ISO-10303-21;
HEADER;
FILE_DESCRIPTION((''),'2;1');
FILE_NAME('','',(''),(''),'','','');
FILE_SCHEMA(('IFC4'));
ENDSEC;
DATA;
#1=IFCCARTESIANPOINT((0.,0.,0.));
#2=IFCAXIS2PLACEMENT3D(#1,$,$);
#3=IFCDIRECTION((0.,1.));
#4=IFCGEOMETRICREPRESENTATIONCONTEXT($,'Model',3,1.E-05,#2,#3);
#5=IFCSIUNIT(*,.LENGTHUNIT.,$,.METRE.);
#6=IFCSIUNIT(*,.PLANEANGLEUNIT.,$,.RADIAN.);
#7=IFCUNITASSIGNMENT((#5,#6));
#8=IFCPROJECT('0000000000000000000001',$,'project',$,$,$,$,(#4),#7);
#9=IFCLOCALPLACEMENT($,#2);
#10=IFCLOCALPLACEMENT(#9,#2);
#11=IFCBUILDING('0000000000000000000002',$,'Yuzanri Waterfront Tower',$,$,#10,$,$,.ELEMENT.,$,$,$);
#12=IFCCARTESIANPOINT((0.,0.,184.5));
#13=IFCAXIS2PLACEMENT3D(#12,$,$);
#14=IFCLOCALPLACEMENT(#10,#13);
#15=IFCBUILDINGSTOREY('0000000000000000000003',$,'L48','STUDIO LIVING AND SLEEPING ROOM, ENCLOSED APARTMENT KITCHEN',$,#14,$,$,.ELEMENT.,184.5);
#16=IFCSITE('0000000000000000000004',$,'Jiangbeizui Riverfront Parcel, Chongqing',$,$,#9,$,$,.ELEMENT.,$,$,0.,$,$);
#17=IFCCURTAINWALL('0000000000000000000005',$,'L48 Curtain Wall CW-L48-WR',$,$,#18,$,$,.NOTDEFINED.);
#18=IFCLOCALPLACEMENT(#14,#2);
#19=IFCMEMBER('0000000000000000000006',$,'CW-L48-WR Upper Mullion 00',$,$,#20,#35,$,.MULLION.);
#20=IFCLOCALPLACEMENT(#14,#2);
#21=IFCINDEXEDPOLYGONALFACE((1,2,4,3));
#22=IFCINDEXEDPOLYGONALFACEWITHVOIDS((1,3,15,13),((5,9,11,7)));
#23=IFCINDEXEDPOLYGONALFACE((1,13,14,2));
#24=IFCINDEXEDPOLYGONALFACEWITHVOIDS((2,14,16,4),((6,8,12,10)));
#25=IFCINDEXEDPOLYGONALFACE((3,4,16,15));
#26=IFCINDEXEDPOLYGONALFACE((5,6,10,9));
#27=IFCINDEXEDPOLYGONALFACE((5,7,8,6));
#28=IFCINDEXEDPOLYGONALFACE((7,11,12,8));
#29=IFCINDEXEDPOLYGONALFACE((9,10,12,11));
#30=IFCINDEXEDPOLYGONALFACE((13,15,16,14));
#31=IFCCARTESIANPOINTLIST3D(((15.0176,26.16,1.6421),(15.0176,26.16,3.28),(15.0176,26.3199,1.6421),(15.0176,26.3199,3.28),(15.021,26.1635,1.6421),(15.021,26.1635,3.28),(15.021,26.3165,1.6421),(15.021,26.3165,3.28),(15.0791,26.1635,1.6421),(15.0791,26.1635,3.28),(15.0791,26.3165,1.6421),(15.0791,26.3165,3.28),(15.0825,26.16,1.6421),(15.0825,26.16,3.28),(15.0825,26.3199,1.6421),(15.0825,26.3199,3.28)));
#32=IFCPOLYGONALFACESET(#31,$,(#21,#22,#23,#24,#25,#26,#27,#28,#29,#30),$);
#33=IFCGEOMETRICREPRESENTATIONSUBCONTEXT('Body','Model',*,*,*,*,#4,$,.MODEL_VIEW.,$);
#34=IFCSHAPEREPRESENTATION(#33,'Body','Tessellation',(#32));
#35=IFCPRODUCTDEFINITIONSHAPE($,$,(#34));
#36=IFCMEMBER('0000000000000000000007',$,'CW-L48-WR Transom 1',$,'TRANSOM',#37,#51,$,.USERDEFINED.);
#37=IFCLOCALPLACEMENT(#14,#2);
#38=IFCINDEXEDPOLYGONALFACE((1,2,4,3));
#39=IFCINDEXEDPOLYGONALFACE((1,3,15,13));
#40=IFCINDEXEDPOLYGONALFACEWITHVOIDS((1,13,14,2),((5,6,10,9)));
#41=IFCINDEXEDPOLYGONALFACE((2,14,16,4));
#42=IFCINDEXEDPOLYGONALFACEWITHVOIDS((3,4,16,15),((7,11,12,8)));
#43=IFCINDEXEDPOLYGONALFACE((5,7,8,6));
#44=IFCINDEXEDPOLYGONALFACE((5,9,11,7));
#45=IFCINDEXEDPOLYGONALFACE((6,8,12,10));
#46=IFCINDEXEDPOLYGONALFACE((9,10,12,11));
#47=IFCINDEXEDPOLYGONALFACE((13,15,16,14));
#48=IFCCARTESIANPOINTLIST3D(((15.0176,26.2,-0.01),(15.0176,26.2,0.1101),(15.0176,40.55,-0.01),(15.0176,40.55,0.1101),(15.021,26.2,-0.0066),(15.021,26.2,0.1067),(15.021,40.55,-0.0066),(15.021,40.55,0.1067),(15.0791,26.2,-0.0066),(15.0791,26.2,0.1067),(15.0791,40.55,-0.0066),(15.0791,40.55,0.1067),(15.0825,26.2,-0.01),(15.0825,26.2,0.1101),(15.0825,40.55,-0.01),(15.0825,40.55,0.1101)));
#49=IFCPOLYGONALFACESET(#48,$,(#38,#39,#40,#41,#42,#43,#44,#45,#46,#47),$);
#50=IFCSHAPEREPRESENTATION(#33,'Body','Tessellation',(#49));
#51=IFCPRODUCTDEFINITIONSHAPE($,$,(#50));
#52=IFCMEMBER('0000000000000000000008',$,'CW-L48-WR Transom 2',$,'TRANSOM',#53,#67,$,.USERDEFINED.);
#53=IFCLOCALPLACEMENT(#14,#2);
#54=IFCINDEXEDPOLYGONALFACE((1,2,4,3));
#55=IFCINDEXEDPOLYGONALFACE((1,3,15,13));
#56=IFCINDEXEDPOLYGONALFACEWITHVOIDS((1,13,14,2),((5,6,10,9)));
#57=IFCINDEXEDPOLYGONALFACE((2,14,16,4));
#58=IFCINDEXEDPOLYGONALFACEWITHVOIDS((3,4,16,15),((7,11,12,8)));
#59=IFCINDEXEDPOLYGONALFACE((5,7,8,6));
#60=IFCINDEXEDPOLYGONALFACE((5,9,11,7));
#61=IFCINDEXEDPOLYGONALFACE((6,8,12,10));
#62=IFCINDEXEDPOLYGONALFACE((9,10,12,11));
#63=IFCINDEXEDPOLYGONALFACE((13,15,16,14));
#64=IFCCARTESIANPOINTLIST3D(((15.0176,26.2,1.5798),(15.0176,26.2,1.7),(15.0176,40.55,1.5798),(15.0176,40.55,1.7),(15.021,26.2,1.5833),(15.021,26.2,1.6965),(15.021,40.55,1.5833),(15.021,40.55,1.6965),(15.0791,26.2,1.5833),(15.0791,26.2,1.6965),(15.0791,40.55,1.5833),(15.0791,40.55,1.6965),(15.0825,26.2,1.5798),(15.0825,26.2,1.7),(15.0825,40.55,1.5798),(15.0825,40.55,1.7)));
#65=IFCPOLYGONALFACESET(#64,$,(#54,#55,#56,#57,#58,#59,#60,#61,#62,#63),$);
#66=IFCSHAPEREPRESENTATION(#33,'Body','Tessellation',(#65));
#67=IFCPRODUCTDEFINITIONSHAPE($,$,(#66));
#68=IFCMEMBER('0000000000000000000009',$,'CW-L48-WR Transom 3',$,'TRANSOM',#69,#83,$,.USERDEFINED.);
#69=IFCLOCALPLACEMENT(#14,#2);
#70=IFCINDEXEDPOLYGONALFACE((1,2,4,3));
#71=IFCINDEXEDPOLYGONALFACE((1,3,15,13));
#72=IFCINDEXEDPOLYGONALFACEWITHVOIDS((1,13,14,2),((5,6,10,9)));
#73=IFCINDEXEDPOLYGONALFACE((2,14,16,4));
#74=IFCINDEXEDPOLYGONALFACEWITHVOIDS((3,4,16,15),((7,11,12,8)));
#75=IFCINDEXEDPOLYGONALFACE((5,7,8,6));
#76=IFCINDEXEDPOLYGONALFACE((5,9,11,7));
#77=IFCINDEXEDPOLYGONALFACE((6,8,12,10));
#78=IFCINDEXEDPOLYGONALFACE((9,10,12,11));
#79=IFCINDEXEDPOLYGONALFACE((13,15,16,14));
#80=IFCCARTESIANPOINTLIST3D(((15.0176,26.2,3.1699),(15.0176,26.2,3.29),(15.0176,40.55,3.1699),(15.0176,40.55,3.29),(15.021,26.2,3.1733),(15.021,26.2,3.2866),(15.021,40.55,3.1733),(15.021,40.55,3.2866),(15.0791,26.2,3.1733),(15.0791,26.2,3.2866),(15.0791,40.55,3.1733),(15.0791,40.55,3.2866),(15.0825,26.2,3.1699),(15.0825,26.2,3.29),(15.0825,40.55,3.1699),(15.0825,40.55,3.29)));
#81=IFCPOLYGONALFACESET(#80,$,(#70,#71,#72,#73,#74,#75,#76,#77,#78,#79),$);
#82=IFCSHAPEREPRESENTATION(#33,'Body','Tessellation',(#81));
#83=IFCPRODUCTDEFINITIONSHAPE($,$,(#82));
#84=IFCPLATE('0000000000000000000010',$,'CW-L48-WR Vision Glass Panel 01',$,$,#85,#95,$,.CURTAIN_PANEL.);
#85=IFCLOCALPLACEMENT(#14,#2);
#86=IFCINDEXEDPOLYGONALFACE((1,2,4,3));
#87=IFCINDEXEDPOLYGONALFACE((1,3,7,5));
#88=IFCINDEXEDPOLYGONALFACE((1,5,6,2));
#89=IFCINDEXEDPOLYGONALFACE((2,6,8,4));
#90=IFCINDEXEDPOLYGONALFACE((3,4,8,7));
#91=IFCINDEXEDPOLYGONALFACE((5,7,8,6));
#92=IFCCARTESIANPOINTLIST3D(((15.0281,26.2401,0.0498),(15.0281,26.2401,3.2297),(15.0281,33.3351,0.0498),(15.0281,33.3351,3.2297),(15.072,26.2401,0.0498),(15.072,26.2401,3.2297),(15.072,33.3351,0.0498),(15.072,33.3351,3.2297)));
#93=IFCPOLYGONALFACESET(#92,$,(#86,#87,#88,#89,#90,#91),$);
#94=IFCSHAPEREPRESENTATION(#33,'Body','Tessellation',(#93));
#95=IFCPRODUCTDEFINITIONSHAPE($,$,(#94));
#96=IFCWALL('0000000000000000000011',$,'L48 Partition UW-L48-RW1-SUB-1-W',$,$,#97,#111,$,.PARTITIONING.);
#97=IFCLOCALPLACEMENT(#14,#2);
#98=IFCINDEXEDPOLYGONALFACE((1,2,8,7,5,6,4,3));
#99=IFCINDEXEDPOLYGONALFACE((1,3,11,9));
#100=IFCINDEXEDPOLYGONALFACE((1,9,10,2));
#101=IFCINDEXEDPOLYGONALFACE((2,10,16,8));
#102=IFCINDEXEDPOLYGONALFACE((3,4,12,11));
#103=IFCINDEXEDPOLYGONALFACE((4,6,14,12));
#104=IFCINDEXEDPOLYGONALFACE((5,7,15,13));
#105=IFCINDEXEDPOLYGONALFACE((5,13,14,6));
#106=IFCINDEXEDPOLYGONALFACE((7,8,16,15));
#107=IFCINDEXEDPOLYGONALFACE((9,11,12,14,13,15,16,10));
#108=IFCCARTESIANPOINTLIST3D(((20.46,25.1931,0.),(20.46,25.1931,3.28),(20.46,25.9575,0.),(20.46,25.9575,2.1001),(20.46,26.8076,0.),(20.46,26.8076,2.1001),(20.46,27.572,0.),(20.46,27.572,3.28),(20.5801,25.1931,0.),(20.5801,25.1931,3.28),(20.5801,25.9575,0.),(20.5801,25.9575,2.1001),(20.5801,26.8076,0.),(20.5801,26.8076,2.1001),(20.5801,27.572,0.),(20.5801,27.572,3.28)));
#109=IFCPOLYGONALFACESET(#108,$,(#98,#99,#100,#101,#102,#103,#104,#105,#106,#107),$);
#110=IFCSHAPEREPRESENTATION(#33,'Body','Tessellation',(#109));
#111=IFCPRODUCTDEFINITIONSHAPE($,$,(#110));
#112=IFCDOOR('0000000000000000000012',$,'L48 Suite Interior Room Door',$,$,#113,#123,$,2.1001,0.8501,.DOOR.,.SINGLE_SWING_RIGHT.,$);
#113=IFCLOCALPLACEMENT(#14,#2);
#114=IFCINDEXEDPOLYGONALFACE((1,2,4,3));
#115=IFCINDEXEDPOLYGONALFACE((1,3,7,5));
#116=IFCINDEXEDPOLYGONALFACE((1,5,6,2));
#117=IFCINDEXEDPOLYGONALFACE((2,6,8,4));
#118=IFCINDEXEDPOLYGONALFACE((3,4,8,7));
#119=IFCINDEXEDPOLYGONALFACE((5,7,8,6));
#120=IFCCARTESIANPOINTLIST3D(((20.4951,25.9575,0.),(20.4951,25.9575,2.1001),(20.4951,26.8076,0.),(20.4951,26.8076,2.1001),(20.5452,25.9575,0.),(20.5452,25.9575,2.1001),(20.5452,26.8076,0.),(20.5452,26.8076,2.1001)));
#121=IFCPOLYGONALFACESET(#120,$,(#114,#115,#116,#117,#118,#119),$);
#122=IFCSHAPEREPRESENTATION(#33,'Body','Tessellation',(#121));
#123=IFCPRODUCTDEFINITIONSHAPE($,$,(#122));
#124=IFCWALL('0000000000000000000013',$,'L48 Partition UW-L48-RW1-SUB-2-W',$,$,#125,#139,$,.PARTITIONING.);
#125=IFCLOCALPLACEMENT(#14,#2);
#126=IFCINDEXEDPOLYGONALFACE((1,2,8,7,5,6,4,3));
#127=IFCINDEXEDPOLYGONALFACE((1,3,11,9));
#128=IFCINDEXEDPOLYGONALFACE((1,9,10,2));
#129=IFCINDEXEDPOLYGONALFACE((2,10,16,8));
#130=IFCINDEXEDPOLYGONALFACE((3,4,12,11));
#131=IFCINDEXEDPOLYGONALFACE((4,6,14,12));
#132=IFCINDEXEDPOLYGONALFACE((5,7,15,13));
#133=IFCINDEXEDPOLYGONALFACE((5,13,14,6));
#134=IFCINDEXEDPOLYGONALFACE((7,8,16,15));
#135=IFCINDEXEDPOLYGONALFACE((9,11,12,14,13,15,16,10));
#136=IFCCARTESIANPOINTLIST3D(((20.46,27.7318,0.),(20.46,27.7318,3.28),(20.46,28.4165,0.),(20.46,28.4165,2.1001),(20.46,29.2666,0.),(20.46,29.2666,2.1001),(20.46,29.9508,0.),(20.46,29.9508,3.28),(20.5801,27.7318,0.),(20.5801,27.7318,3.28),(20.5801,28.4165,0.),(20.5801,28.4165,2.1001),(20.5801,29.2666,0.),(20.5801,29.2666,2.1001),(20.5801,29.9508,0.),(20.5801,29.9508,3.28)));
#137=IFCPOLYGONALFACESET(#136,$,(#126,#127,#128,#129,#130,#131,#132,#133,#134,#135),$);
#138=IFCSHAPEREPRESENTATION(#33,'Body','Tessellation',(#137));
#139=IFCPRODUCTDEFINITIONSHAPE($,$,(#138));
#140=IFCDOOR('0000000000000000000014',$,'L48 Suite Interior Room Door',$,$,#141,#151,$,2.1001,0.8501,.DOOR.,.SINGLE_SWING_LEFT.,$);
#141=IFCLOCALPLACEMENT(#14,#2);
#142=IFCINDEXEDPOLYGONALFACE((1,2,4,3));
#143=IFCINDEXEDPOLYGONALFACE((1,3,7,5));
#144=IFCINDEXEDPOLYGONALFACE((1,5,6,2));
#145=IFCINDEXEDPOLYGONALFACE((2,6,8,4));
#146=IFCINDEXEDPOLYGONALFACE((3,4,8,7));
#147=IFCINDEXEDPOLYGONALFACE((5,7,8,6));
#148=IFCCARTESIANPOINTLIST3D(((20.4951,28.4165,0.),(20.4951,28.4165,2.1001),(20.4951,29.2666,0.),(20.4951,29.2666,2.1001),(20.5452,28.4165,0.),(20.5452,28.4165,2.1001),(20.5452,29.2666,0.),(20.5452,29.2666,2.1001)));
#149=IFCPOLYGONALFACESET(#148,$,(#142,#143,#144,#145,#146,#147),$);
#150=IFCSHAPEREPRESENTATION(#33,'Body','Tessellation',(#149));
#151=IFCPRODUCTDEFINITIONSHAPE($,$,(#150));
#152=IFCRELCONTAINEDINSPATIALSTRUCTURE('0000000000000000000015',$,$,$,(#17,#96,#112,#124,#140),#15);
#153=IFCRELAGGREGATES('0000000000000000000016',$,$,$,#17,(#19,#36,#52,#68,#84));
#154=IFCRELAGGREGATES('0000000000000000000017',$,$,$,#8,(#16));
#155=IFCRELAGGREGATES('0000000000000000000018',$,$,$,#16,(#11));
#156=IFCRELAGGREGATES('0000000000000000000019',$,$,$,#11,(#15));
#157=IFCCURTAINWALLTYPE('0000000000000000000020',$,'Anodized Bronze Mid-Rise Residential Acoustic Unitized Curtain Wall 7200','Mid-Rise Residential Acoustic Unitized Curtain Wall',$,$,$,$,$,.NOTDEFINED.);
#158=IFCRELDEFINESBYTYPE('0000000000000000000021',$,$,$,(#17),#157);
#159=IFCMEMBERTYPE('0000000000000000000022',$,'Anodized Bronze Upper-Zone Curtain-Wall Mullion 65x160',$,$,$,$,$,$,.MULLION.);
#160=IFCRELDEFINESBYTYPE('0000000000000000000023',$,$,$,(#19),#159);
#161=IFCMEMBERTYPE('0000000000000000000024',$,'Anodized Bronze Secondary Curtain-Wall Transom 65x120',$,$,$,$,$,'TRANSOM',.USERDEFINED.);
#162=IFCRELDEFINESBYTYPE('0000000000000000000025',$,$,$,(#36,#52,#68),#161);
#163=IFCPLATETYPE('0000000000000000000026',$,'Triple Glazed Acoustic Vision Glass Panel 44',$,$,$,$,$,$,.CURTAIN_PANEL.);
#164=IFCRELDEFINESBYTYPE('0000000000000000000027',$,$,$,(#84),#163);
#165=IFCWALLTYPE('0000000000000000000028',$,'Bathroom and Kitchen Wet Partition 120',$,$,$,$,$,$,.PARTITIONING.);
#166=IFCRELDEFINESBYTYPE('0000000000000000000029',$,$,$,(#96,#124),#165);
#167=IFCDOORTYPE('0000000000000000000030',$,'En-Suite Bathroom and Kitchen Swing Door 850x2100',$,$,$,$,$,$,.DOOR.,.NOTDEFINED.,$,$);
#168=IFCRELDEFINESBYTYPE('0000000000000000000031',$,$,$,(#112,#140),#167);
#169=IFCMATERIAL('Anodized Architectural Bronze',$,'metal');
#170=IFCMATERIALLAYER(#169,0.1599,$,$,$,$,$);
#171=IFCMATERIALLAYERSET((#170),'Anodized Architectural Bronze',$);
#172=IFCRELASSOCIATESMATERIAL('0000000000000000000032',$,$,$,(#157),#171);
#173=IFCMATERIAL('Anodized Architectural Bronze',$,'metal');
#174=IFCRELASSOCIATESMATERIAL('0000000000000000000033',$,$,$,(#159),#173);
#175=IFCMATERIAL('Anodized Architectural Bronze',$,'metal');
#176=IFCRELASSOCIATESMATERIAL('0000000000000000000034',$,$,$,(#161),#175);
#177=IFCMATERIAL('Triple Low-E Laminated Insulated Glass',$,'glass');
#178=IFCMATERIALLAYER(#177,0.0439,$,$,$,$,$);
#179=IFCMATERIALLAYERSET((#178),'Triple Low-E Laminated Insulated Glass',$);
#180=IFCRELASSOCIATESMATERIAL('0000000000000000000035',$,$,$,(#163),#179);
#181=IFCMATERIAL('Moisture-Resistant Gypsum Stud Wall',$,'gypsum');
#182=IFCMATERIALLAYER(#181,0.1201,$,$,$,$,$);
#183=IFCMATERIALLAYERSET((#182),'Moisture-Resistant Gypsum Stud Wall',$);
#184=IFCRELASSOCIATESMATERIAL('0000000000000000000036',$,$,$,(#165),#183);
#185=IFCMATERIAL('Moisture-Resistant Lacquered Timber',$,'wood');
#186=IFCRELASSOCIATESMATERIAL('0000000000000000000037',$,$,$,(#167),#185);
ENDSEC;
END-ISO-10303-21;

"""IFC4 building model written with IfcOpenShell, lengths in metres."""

from ifc_helpers import new_model, si_unit, direction, frame, frame_2d, origin, origin_2d, place, context, subcontext, project, spatial, rectangle, hollow_rectangle, extrude, source, transform, mapped, material, layer, layer_set, material_profile, profile_set, type_object, element, fill, aggregate, save


model = new_model("IFC4")

# Units and contexts
model_context = context("Model", 3, precision=1e-05, world=origin(), true_north=direction((0.0, 1.0)))
body_context = subcontext(model_context, "Body", "Model", "MODEL_VIEW")
ifc_project = project(units=[si_unit("LENGTHUNIT", "METRE"), si_unit("PLANEANGLEUNIT", "RADIAN")], contexts=[model_context])

# Site, building, storey
site_placement = place(None, origin())
site = spatial("IfcSite", under=ifc_project, at=site_placement, Name="Jiangbeizui Riverfront Parcel, Chongqing", CompositionType="ELEMENT", RefElevation=0.0)
building_placement = place(site_placement, origin())
building = spatial("IfcBuilding", under=site, at=building_placement, Name="Yuzanri Waterfront Tower", CompositionType="ELEMENT")
storey_placement = place(building_placement, frame((0.0, 0.0, 184.5)))
storey = spatial("IfcBuildingStorey", under=building, at=storey_placement, Name="L48", Description="STUDIO LIVING AND SLEEPING ROOM, ENCLOSED APARTMENT KITCHEN", CompositionType="ELEMENT", Elevation=184.5)

# Shared definitions
ifc_material_1 = material(Name="Anodized Architectural Bronze", Category="metal")
ifc_layer_1 = layer(ifc_material_1, 0.1599)
ifc_layer_set_1 = layer_set([ifc_layer_1], Name="Anodized Architectural Bronze")
curtain_wall_type = type_object("IfcCurtainWallType", Name="Anodized Bronze Mid-Rise Residential Acoustic Unitized Curtain Wall 7200", Description="Mid-Rise Residential Acoustic Unitized Curtain Wall", PredefinedType="NOTDEFINED", material=ifc_layer_set_1)
ifc_material_2 = material(Name="Anodized Architectural Bronze", Category="metal")
ifc_material_profile_1 = material_profile(ifc_material_2, hollow_rectangle(XDim=0.0649, YDim=0.1599, WallThickness=0.0034, at=origin_2d()), Name="CWM 65x160")
ifc_profile_set_1 = profile_set([ifc_material_profile_1], Name="Anodized Architectural Bronze")
member_type_1 = type_object("IfcMemberType", Name="Anodized Bronze Upper-Zone Curtain-Wall Mullion 65x160", PredefinedType="MULLION", material=ifc_profile_set_1)
shared_shape_1 = source(origin(), body_context, "Body", "SweptSolid", [
    extrude(hollow_rectangle(XDim=0.0649, YDim=0.1599, WallThickness=0.0034, at=origin_2d()), origin(), (0.0, 0.0, 1.0), 1.6379),
])

# Curtain wall, members, plate
curtain_wall_1_placement = place(storey_placement, origin())
curtain_wall_1 = element("IfcCurtainWall", 1, at=curtain_wall_1_placement, inside=storey, type_object=curtain_wall_type, Name="L48 Curtain Wall CW-L48-WR", PredefinedType="NOTDEFINED")
member_1_placement = place(storey_placement, frame((15.05, 26.24, 1.6421), z_axis=(0.0, 0.0, 1.0), x_axis=(1.0, 0.0, 0.0)))
member_1 = element("IfcMember", 2, at=member_1_placement, type_object=member_type_1, Name="CW-L48-WR Upper Mullion 00", PredefinedType="MULLION", context=body_context, shape_type="MappedRepresentation", body=[
    mapped(shared_shape_1, transform((0.0, 0.0, 0.0), scale=1.0)),
])
ifc_material_3 = material(Name="Anodized Architectural Bronze", Category="metal")
ifc_material_profile_2 = material_profile(ifc_material_3, hollow_rectangle(XDim=0.0649, YDim=0.1201, WallThickness=0.0034, at=origin_2d()), Name="CWT 65x120")
ifc_profile_set_2 = profile_set([ifc_material_profile_2], Name="Anodized Architectural Bronze")
member_type_2 = type_object("IfcMemberType", Name="Anodized Bronze Secondary Curtain-Wall Transom 65x120", ElementType="TRANSOM", PredefinedType="USERDEFINED", material=ifc_profile_set_2)
shared_shape_2 = source(origin(), body_context, "Body", "SweptSolid", [
    extrude(hollow_rectangle(XDim=0.0649, YDim=0.1201, WallThickness=0.0034, at=origin_2d()), origin(), (0.0, 0.0, 1.0), 14.3501),
])
member_2_placement = place(storey_placement, frame((15.05, 26.2, 0.05), z_axis=(0.0, 1.0, 0.0), x_axis=(-1.0, 0.0, 0.0)))
member_2 = element("IfcMember", 3, at=member_2_placement, type_object=member_type_2, Name="CW-L48-WR Transom 1", ObjectType="TRANSOM", PredefinedType="USERDEFINED", context=body_context, shape_type="MappedRepresentation", body=[
    mapped(shared_shape_2, transform((0.0, 0.0, 0.0), scale=1.0)),
])
member_3_placement = place(storey_placement, frame((15.05, 26.2, 1.6399), z_axis=(0.0, 1.0, 0.0), x_axis=(-1.0, 0.0, 0.0)))
member_3 = element("IfcMember", 4, at=member_3_placement, type_object=member_type_2, Name="CW-L48-WR Transom 2", ObjectType="TRANSOM", PredefinedType="USERDEFINED", context=body_context, shape_type="MappedRepresentation", body=[
    mapped(shared_shape_2, transform((0.0, 0.0, 0.0), scale=1.0)),
])
member_4_placement = place(storey_placement, frame((15.05, 26.2, 3.23), z_axis=(0.0, 1.0, 0.0), x_axis=(-1.0, 0.0, 0.0)))
member_4 = element("IfcMember", 5, at=member_4_placement, type_object=member_type_2, Name="CW-L48-WR Transom 3", ObjectType="TRANSOM", PredefinedType="USERDEFINED", context=body_context, shape_type="MappedRepresentation", body=[
    mapped(shared_shape_2, transform((0.0, 0.0, 0.0), scale=1.0)),
])
ifc_material_4 = material(Name="Triple Low-E Laminated Insulated Glass", Category="glass")
ifc_layer_2 = layer(ifc_material_4, 0.0439)
ifc_layer_set_2 = layer_set([ifc_layer_2], Name="Triple Low-E Laminated Insulated Glass")
plate_type = type_object("IfcPlateType", Name="Triple Glazed Acoustic Vision Glass Panel 44", PredefinedType="CURTAIN_PANEL", material=ifc_layer_set_2)
shared_shape_3 = source(origin(), body_context, "Body", "SweptSolid", [
    extrude(rectangle(XDim=7.095, YDim=0.0439, at=origin_2d()), origin(), (0.0, 0.0, 1.0), 3.1799),
])
plate_placement = place(storey_placement, frame((15.05, 29.7876, 0.0498), z_axis=(0.0, 0.0, 1.0), x_axis=(0.0, 1.0, 0.0)))
plate = element("IfcPlate", 6, at=plate_placement, type_object=plate_type, Name="CW-L48-WR Vision Glass Panel 01", PredefinedType="CURTAIN_PANEL", context=body_context, shape_type="MappedRepresentation", body=[
    mapped(shared_shape_3, transform((0.0, 0.0, 0.0), scale=1.0)),
])
aggregate(curtain_wall_1, [member_1, member_2, member_3, member_4, plate])

# Walls, openings, doors
ifc_material_5 = material(Name="Moisture-Resistant Gypsum Stud Wall", Category="gypsum")
ifc_layer_3 = layer(ifc_material_5, 0.1201)
ifc_layer_set_3 = layer_set([ifc_layer_3], Name="Moisture-Resistant Gypsum Stud Wall")
wall_type_1 = type_object("IfcWallType", Name="Bathroom and Kitchen Wet Partition 120", PredefinedType="PARTITIONING", material=ifc_layer_set_3)
wall_1_placement = place(storey_placement, frame((20.52, 25.1931, 0.0), z_axis=(0.0, 0.0, 1.0), x_axis=(0.0, 1.0, 0.0)))
wall_1 = element("IfcWall", 7, at=wall_1_placement, inside=storey, type_object=wall_type_1, Name="L48 Partition UW-L48-RW1-SUB-1-W", PredefinedType="PARTITIONING", context=body_context, shape_type="SweptSolid", body=[
    extrude(rectangle(XDim=2.3789, YDim=0.1201, at=frame_2d((1.1895, 0.0))), origin(), (0.0, 0.0, 1.0), 3.28),
])
opening_1_placement = place(wall_1_placement, frame((0.7644, 0.0, 0.0)))
opening_1 = element("IfcOpeningElement", 8, at=opening_1_placement, cuts=wall_1, PredefinedType="OPENING", context=body_context, shape_type="SweptSolid", body=[
    extrude(rectangle(XDim=0.8501, YDim=2.1001, at=frame_2d((0.425, 1.05))), frame((0.0, 0.075, 0.0), z_axis=(0.0, -1.0, 0.0), x_axis=(1.0, 0.0, 0.0)), (0.0, 0.0, 1.0), 0.1499),
])
ifc_material_6 = material(Name="Moisture-Resistant Lacquered Timber", Category="wood")
door_type_1 = type_object("IfcDoorType", Name="En-Suite Bathroom and Kitchen Swing Door 850x2100", OperationType="NOTDEFINED", PredefinedType="DOOR", material=ifc_material_6)
shared_shape_4 = source(origin(), body_context, "Body", "SweptSolid", [
    extrude(rectangle(XDim=0.8501, YDim=2.1001, at=frame_2d((0.425, 1.05))), frame((0.0, 0.0249, 0.0), z_axis=(0.0, -1.0, 0.0), x_axis=(1.0, 0.0, 0.0)), (0.0, 0.0, 1.0), 0.05),
])
door_1_placement = place(opening_1_placement, origin())
door_1 = element("IfcDoor", 9, at=door_1_placement, inside=storey, type_object=door_type_1, Name="L48 Suite Interior Room Door", OperationType="SINGLE_SWING_RIGHT", OverallHeight=2.1001, OverallWidth=0.8501, PredefinedType="DOOR", context=body_context, shape_type="MappedRepresentation", body=[
    mapped(shared_shape_4, transform((0.0, 0.0, 0.0), scale=1.0)),
])
fill(opening_1, door_1)
wall_2_placement = place(storey_placement, frame((20.52, 27.7319, 0.0), z_axis=(0.0, 0.0, 1.0), x_axis=(0.0, 1.0, 0.0)))
wall_2 = element("IfcWall", 10, at=wall_2_placement, inside=storey, type_object=wall_type_1, Name="L48 Partition UW-L48-RW1-SUB-2-W", PredefinedType="PARTITIONING", context=body_context, shape_type="SweptSolid", body=[
    extrude(rectangle(XDim=2.219, YDim=0.1201, at=frame_2d((1.1094, 0.0))), origin(), (0.0, 0.0, 1.0), 3.28),
])
opening_2_placement = place(wall_2_placement, frame((0.6846, 0.0, 0.0)))
opening_2 = element("IfcOpeningElement", 11, at=opening_2_placement, cuts=wall_2, PredefinedType="OPENING", context=body_context, shape_type="SweptSolid", body=[
    extrude(rectangle(XDim=0.8501, YDim=2.1001, at=frame_2d((0.425, 1.05))), frame((0.0, 0.075, 0.0), z_axis=(0.0, -1.0, 0.0), x_axis=(1.0, 0.0, 0.0)), (0.0, 0.0, 1.0), 0.1499),
])
door_2_placement = place(opening_2_placement, origin())
door_2 = element("IfcDoor", 12, at=door_2_placement, inside=storey, type_object=door_type_1, Name="L48 Suite Interior Room Door", OperationType="SINGLE_SWING_LEFT", OverallHeight=2.1001, OverallWidth=0.8501, PredefinedType="DOOR", context=body_context, shape_type="MappedRepresentation", body=[
    mapped(shared_shape_4, transform((0.0, 0.0, 0.0), scale=1.0)),
])
fill(opening_2, door_2)

save(model, "model.ifc")
